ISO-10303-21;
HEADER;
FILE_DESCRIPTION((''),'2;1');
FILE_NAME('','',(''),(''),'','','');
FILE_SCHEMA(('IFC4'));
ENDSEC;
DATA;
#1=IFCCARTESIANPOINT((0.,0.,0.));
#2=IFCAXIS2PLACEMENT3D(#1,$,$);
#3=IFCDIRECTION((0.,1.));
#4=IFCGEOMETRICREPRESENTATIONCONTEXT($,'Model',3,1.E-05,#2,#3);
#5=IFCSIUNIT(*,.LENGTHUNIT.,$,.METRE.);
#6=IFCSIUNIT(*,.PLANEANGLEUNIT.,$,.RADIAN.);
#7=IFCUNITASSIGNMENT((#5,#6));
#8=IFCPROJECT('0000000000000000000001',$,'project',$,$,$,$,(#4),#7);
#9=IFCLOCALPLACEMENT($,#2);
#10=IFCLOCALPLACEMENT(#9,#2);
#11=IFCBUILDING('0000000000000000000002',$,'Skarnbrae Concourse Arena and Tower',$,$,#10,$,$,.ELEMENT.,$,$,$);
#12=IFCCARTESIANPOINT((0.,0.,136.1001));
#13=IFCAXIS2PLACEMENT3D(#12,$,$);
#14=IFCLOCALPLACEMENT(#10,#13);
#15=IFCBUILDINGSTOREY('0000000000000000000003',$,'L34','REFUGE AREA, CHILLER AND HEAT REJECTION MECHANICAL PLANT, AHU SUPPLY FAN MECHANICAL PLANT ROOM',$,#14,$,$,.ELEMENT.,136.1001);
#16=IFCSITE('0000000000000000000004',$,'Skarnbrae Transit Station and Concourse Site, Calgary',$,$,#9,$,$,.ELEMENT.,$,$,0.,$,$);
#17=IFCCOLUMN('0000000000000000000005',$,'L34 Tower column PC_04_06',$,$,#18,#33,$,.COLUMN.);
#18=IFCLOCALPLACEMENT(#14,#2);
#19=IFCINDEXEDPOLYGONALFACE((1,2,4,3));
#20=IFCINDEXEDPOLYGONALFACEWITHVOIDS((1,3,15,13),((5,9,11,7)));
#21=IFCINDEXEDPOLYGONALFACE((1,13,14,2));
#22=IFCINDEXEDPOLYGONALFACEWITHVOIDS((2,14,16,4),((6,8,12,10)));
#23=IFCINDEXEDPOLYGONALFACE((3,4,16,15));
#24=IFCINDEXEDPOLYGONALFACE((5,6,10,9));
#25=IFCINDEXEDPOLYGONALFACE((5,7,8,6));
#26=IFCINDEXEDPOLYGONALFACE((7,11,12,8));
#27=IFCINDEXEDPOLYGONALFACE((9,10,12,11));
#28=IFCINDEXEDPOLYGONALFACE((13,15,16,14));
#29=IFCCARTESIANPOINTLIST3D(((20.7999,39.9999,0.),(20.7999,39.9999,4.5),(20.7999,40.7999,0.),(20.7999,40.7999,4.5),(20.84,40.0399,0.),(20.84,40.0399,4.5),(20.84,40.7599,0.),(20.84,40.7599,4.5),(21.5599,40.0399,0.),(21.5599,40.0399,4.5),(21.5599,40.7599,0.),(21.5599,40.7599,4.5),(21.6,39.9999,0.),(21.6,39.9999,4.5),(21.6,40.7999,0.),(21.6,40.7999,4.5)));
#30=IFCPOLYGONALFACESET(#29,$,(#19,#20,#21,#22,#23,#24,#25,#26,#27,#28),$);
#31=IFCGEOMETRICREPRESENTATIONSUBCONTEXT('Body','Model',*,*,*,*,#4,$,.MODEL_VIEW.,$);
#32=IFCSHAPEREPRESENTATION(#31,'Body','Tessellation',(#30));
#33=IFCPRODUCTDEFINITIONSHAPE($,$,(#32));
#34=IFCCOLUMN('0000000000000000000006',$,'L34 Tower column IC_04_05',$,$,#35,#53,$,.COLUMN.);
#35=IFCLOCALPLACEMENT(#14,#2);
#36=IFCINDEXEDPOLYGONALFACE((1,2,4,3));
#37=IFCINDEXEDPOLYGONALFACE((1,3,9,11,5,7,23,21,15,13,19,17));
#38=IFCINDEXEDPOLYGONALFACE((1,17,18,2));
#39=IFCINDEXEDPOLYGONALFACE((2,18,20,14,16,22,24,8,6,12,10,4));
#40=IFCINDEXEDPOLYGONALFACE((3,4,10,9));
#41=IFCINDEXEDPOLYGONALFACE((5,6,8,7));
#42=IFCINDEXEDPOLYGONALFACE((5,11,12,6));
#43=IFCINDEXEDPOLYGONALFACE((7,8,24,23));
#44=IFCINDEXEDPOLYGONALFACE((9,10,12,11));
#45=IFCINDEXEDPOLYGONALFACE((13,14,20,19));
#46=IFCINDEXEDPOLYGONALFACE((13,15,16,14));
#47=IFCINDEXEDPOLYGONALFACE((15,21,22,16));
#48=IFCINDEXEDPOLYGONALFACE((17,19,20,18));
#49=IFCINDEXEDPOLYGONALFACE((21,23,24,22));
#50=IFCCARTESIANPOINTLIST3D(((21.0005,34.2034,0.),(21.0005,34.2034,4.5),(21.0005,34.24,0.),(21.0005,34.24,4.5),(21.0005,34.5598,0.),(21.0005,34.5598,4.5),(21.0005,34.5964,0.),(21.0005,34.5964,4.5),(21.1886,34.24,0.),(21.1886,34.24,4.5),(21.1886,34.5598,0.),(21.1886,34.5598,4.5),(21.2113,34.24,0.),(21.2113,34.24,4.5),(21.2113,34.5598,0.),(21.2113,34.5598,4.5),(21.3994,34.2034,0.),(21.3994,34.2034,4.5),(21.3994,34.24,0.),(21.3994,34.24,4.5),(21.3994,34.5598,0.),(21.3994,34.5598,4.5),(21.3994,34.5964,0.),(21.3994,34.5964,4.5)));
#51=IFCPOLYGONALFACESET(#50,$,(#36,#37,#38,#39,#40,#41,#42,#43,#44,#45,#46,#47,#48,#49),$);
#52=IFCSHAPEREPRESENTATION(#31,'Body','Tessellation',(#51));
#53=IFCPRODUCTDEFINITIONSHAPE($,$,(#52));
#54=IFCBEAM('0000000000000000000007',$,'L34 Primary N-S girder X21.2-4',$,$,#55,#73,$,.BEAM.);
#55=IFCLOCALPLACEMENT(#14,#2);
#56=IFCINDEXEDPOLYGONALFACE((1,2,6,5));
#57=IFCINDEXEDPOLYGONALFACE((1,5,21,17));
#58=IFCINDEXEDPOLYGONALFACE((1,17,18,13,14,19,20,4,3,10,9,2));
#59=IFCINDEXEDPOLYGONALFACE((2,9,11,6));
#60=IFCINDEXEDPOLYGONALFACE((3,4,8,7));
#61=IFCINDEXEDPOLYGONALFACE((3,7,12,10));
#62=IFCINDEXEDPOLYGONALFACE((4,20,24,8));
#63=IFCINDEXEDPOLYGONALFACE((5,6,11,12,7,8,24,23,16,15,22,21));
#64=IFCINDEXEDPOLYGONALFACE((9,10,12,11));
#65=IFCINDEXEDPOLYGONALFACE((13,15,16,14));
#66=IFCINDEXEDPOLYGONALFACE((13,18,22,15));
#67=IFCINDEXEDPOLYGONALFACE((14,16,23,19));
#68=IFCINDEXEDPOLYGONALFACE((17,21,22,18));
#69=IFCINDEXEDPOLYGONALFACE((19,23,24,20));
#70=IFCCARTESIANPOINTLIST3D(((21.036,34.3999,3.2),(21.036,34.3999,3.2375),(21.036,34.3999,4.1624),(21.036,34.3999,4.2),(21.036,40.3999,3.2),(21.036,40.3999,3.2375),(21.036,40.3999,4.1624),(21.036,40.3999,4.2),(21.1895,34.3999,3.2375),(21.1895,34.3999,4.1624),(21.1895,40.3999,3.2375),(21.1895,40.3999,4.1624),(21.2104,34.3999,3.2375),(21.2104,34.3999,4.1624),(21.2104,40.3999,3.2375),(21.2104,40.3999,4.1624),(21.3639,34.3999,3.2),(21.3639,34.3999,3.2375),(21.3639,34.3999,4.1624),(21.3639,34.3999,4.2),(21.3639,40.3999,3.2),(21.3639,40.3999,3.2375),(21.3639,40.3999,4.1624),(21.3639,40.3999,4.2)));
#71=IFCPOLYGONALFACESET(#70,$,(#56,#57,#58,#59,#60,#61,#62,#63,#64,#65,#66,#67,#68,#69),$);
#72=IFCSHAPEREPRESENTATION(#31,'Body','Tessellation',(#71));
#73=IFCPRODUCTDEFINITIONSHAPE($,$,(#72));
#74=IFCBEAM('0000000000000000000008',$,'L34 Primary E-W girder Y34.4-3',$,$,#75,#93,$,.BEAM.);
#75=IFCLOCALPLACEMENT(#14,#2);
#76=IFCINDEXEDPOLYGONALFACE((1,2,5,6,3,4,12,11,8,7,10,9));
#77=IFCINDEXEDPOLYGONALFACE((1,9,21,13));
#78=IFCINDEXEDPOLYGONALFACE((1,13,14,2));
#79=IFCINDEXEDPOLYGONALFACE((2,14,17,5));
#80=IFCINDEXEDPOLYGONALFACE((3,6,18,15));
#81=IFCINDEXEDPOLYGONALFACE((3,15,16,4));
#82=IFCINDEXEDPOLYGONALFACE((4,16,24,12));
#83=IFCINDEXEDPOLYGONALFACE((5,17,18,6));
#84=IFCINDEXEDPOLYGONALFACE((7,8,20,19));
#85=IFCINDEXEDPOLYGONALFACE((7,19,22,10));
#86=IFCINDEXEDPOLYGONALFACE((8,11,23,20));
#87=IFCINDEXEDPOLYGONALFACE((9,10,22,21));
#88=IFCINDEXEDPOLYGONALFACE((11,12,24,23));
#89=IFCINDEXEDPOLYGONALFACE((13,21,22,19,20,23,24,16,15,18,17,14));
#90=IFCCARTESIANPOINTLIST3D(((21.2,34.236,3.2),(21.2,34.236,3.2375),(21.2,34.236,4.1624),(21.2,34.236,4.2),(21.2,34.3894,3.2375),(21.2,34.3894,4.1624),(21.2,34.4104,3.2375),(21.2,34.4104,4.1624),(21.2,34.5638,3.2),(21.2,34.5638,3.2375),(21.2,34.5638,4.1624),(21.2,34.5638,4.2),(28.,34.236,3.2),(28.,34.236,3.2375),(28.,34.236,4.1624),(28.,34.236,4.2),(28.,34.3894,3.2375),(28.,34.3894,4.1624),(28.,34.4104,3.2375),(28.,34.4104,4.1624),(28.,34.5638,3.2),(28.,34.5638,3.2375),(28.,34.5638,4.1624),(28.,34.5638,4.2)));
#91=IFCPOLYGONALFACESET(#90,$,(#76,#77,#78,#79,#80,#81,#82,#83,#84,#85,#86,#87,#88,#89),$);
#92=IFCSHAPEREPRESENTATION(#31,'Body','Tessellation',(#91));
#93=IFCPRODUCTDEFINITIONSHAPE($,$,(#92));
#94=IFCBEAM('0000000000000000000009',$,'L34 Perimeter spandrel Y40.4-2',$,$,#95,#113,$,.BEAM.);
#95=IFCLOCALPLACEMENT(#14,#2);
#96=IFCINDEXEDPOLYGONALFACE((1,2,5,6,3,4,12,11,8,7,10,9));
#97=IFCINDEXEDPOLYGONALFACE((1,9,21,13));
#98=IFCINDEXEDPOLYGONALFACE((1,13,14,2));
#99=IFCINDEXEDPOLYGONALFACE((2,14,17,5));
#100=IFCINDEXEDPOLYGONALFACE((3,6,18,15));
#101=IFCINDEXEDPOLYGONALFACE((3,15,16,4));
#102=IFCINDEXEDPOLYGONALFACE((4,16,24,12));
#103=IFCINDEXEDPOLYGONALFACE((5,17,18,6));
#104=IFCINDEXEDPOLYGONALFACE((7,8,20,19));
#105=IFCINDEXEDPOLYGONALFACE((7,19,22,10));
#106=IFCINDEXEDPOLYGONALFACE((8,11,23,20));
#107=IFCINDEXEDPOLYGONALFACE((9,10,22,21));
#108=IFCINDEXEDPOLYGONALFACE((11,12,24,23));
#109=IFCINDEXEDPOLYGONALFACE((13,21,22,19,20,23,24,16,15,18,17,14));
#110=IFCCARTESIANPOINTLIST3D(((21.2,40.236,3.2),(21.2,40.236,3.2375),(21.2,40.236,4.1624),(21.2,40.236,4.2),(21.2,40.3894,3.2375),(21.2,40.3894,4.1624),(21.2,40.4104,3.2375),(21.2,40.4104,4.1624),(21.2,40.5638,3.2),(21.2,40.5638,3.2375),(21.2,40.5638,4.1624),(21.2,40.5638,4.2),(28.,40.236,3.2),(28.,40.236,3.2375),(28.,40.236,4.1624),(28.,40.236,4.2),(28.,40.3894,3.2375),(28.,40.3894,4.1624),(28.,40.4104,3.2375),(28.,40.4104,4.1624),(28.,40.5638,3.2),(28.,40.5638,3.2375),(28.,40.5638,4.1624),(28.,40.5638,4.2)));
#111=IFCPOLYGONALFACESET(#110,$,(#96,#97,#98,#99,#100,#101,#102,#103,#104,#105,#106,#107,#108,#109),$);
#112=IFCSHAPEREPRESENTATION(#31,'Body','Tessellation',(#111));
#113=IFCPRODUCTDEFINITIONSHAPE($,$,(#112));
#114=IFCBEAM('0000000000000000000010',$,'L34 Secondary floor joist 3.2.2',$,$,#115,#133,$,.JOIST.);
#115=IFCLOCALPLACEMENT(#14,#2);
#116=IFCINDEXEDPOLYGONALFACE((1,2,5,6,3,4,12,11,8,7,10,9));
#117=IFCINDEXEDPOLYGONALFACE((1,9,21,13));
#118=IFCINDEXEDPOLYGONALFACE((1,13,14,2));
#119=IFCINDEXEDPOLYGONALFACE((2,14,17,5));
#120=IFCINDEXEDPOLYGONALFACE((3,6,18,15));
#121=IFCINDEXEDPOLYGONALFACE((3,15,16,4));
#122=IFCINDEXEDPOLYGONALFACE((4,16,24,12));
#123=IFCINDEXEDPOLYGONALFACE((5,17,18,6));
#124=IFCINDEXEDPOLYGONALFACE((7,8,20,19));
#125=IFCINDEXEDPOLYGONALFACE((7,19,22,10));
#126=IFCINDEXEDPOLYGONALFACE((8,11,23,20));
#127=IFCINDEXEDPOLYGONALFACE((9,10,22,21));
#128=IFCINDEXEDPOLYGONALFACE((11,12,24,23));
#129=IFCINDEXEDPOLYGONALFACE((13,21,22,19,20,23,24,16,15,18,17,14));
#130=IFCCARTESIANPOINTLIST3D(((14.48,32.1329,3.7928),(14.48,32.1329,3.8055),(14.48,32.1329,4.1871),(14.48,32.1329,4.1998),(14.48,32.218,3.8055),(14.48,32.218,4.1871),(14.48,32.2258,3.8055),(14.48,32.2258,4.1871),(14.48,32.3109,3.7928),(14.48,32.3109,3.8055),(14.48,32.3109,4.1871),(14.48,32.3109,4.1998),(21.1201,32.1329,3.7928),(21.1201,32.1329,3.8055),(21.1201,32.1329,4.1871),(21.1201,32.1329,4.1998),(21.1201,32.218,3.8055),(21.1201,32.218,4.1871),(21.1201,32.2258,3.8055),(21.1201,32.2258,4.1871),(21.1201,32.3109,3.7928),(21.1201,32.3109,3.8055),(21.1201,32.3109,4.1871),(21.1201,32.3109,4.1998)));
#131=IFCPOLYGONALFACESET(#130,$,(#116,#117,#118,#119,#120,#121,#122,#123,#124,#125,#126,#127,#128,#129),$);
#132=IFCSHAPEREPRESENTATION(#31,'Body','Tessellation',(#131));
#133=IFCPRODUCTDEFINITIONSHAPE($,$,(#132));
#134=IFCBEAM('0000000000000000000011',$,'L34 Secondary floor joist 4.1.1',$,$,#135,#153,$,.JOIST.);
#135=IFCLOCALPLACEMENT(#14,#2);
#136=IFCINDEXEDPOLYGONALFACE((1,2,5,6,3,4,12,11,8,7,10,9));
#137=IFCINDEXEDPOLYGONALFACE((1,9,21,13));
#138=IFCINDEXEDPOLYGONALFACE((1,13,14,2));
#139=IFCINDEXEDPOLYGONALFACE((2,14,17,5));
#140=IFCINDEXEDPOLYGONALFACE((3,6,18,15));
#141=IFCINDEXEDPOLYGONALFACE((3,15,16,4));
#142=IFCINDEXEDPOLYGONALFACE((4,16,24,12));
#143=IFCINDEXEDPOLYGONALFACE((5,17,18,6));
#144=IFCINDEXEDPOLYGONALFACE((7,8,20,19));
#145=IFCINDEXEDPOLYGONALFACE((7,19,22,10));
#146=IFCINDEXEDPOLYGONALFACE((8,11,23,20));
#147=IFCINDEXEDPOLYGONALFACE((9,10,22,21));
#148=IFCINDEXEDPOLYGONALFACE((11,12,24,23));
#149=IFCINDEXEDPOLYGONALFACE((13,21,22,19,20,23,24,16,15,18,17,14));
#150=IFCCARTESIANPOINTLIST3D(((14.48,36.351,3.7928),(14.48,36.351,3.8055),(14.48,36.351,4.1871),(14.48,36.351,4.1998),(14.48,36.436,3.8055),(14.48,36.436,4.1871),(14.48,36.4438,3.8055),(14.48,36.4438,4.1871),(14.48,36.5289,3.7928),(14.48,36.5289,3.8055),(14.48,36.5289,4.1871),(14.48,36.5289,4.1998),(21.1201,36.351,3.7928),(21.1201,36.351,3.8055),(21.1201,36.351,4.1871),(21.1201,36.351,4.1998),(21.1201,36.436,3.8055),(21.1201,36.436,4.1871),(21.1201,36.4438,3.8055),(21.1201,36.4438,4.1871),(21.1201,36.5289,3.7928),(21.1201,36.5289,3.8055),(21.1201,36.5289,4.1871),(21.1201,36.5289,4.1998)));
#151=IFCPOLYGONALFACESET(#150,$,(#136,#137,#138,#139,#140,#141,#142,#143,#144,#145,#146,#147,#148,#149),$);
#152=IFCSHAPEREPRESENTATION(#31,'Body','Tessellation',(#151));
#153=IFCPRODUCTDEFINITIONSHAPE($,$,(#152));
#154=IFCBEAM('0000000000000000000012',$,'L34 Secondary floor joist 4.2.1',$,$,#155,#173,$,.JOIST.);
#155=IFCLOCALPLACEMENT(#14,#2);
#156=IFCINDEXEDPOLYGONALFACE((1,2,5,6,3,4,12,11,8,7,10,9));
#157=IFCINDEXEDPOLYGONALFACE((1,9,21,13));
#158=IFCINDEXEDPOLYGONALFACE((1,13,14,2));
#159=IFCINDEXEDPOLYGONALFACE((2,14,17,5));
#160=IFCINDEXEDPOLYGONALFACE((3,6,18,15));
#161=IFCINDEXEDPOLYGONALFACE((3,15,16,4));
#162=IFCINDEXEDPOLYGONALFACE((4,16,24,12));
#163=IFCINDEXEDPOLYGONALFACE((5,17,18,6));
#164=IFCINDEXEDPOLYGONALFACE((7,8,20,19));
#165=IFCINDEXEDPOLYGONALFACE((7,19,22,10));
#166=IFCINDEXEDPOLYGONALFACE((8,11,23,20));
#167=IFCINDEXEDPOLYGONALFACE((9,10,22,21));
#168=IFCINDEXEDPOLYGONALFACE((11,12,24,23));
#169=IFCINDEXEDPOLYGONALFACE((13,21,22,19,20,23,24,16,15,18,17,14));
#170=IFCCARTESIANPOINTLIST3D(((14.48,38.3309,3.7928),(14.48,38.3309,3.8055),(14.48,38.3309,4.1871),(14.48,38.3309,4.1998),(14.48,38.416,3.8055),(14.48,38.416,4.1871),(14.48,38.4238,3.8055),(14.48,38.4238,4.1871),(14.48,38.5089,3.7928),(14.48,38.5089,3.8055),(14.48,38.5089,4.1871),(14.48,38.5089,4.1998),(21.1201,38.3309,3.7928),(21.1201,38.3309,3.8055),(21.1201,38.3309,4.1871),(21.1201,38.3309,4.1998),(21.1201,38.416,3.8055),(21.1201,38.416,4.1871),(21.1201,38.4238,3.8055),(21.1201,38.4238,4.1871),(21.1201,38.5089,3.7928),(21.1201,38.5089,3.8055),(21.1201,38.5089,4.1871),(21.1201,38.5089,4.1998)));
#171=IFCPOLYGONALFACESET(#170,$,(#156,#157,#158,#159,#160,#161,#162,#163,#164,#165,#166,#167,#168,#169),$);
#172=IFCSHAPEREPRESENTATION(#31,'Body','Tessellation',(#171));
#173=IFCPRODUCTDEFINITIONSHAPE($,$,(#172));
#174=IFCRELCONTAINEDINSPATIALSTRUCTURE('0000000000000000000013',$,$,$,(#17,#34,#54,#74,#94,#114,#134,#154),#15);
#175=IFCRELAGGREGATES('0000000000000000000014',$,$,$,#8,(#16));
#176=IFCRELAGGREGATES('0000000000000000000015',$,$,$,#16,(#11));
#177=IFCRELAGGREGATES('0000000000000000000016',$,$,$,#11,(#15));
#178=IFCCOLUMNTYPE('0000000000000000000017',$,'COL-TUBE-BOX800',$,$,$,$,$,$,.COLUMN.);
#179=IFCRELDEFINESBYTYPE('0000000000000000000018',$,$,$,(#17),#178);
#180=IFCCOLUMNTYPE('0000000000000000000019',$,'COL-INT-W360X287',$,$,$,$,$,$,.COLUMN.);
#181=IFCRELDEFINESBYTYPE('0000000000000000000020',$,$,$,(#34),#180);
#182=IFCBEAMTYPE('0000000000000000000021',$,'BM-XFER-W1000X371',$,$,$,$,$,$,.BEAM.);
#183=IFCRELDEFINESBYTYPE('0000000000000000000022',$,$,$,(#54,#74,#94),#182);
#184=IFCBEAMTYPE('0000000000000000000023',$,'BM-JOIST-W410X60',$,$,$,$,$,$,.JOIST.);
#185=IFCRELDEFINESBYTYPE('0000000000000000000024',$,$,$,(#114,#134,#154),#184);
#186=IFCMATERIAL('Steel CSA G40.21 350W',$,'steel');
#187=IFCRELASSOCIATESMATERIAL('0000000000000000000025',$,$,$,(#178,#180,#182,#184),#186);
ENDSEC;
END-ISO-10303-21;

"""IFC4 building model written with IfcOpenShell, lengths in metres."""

from ifc_helpers import new_model, si_unit, direction, frame, origin, origin_2d, place, context, subcontext, project, spatial, hollow_rectangle, i_section, extrude, source, transform, mapped, material, material_profile, profile_set, type_object, element, save


model = new_model("IFC4")

# Units and contexts
model_context = context("Model", 3, precision=1e-05, world=origin(), true_north=direction((0.0, 1.0)))
body_context = subcontext(model_context, "Body", "Model", "MODEL_VIEW")
ifc_project = project(units=[si_unit("LENGTHUNIT", "METRE"), si_unit("PLANEANGLEUNIT", "RADIAN")], contexts=[model_context])

# Site, building, storey
site_placement = place(None, origin())
site = spatial("IfcSite", under=ifc_project, at=site_placement, Name="Skarnbrae Transit Station and Concourse Site, Calgary", CompositionType="ELEMENT", RefElevation=0.0)
building_placement = place(site_placement, origin())
building = spatial("IfcBuilding", under=site, at=building_placement, Name="Skarnbrae Concourse Arena and Tower", CompositionType="ELEMENT")
storey_placement = place(building_placement, frame((0.0, 0.0, 136.1001)))
storey = spatial("IfcBuildingStorey", under=building, at=storey_placement, Name="L34", Description="REFUGE AREA, CHILLER AND HEAT REJECTION MECHANICAL PLANT, AHU SUPPLY FAN MECHANICAL PLANT ROOM", CompositionType="ELEMENT", Elevation=136.1001)

# Columns
ifc_material_1 = material(Name="Steel CSA G40.21 350W", Category="steel")
ifc_material_profile_1 = material_profile(ifc_material_1, hollow_rectangle(XDim=0.8, YDim=0.8, WallThickness=0.04, at=origin_2d()), Name="BOX800X800X40")
ifc_profile_set_1 = profile_set([ifc_material_profile_1], Name="Steel CSA G40.21 350W")
column_type_1 = type_object("IfcColumnType", Name="COL-TUBE-BOX800", PredefinedType="COLUMN", material=ifc_profile_set_1)
shared_shape_1 = source(origin(), body_context, "Body", "SweptSolid", [
    extrude(hollow_rectangle(XDim=0.8, YDim=0.8, WallThickness=0.04, at=origin_2d()), origin(), (0.0, 0.0, 1.0), 4.5),
])
column_1_placement = place(storey_placement, frame((21.2, 40.3999, 0.0), z_axis=(0.0, 0.0, 1.0), x_axis=(1.0, 0.0, 0.0)))
element("IfcColumn", 1, at=column_1_placement, inside=storey, type_object=column_type_1, Name="L34 Tower column PC_04_06", PredefinedType="COLUMN", context=body_context, shape_type="MappedRepresentation", body=[
    mapped(shared_shape_1, transform((0.0, 0.0, 0.0))),
])
ifc_material_profile_2 = material_profile(ifc_material_1, i_section(OverallWidth=0.3989, OverallDepth=0.3931, WebThickness=0.0227, FlangeThickness=0.0366, at=origin_2d()), Name="W360X287")
ifc_profile_set_2 = profile_set([ifc_material_profile_2], Name="Steel CSA G40.21 350W")
column_type_2 = type_object("IfcColumnType", Name="COL-INT-W360X287", PredefinedType="COLUMN", material=ifc_profile_set_2)
shared_shape_2 = source(origin(), body_context, "Body", "SweptSolid", [
    extrude(i_section(OverallWidth=0.3989, OverallDepth=0.3931, WebThickness=0.0227, FlangeThickness=0.0366, at=origin_2d()), origin(), (0.0, 0.0, 1.0), 4.5),
])
column_2_placement = place(storey_placement, frame((21.2, 34.3999, 0.0), z_axis=(0.0, 0.0, 1.0), x_axis=(1.0, 0.0, 0.0)))
element("IfcColumn", 2, at=column_2_placement, inside=storey, type_object=column_type_2, Name="L34 Tower column IC_04_05", PredefinedType="COLUMN", context=body_context, shape_type="MappedRepresentation", body=[
    mapped(shared_shape_2, transform((0.0, 0.0, 0.0))),
])

# Beams
ifc_material_profile_3 = material_profile(ifc_material_1, i_section(OverallWidth=0.3279, OverallDepth=1.0, WebThickness=0.021, FlangeThickness=0.0376, at=origin_2d()), Name="W1000X371")
ifc_profile_set_3 = profile_set([ifc_material_profile_3], Name="Steel CSA G40.21 350W")
beam_type_1 = type_object("IfcBeamType", Name="BM-XFER-W1000X371", PredefinedType="BEAM", material=ifc_profile_set_3)
shared_shape_3 = source(origin(), body_context, "Body", "SweptSolid", [
    extrude(i_section(OverallWidth=0.3279, OverallDepth=1.0, WebThickness=0.021, FlangeThickness=0.0376, at=origin_2d()), origin(), (0.0, 0.0, 1.0), 6.0),
])
beam_placement = place(storey_placement, frame((21.2, 34.3999, 3.7), z_axis=(0.0, 1.0, 0.0), x_axis=(-1.0, 0.0, 0.0)))
element("IfcBeam", 3, at=beam_placement, inside=storey, type_object=beam_type_1, Name="L34 Primary N-S girder X21.2-4", PredefinedType="BEAM", context=body_context, shape_type="MappedRepresentation", body=[
    mapped(shared_shape_3, transform((0.0, 0.0, 0.0))),
])
shared_shape_4 = source(origin(), body_context, "Body", "SweptSolid", [
    extrude(i_section(OverallWidth=0.3279, OverallDepth=1.0, WebThickness=0.021, FlangeThickness=0.0376, at=origin_2d()), origin(), (0.0, 0.0, 1.0), 6.8),
])
for number, where, z_axis, x_axis, name in (
    (4, (21.2, 34.3999, 3.7), (1.0, 0.0, 0.0), (0.0, 1.0, 0.0), "L34 Primary E-W girder Y34.4-3"),
    (5, (21.2, 40.3999, 3.7), (1.0, 0.0, 0.0), (0.0, 1.0, 0.0), "L34 Perimeter spandrel Y40.4-2"),
):
    element("IfcBeam", number, at=place(storey_placement, frame(where, z_axis=z_axis, x_axis=x_axis)), inside=storey, type_object=beam_type_1, Name=name, PredefinedType="BEAM", context=body_context, shape_type="MappedRepresentation", body=[
        mapped(shared_shape_4, transform((0.0, 0.0, 0.0))),
    ])
ifc_material_profile_4 = material_profile(ifc_material_1, i_section(OverallWidth=0.178, OverallDepth=0.407, WebThickness=0.0078, FlangeThickness=0.0127, at=origin_2d()), Name="W410X60")
ifc_profile_set_4 = profile_set([ifc_material_profile_4], Name="Steel CSA G40.21 350W")
beam_type_2 = type_object("IfcBeamType", Name="BM-JOIST-W410X60", PredefinedType="JOIST", material=ifc_profile_set_4)
shared_shape_5 = source(origin(), body_context, "Body", "SweptSolid", [
    extrude(i_section(OverallWidth=0.178, OverallDepth=0.407, WebThickness=0.0078, FlangeThickness=0.0127, at=origin_2d()), origin(), (0.0, 0.0, 1.0), 6.6401),
])
for number, where, z_axis, x_axis, name in (
    (6, (14.48, 32.2219, 3.9963), (1.0, 0.0, 0.0), (0.0, 1.0, 0.0), "L34 Secondary floor joist 3.2.2"),
    (7, (14.48, 36.4399, 3.9963), (1.0, 0.0, 0.0), (0.0, 1.0, 0.0), "L34 Secondary floor joist 4.1.1"),
    (8, (14.48, 38.4199, 3.9963), (1.0, 0.0, 0.0), (0.0, 1.0, 0.0), "L34 Secondary floor joist 4.2.1"),
):
    element("IfcBeam", number, at=place(storey_placement, frame(where, z_axis=z_axis, x_axis=x_axis)), inside=storey, type_object=beam_type_2, Name=name, PredefinedType="JOIST", context=body_context, shape_type="MappedRepresentation", body=[
        mapped(shared_shape_5, transform((0.0, 0.0, 0.0))),
    ])

save(model, "model.ifc")
